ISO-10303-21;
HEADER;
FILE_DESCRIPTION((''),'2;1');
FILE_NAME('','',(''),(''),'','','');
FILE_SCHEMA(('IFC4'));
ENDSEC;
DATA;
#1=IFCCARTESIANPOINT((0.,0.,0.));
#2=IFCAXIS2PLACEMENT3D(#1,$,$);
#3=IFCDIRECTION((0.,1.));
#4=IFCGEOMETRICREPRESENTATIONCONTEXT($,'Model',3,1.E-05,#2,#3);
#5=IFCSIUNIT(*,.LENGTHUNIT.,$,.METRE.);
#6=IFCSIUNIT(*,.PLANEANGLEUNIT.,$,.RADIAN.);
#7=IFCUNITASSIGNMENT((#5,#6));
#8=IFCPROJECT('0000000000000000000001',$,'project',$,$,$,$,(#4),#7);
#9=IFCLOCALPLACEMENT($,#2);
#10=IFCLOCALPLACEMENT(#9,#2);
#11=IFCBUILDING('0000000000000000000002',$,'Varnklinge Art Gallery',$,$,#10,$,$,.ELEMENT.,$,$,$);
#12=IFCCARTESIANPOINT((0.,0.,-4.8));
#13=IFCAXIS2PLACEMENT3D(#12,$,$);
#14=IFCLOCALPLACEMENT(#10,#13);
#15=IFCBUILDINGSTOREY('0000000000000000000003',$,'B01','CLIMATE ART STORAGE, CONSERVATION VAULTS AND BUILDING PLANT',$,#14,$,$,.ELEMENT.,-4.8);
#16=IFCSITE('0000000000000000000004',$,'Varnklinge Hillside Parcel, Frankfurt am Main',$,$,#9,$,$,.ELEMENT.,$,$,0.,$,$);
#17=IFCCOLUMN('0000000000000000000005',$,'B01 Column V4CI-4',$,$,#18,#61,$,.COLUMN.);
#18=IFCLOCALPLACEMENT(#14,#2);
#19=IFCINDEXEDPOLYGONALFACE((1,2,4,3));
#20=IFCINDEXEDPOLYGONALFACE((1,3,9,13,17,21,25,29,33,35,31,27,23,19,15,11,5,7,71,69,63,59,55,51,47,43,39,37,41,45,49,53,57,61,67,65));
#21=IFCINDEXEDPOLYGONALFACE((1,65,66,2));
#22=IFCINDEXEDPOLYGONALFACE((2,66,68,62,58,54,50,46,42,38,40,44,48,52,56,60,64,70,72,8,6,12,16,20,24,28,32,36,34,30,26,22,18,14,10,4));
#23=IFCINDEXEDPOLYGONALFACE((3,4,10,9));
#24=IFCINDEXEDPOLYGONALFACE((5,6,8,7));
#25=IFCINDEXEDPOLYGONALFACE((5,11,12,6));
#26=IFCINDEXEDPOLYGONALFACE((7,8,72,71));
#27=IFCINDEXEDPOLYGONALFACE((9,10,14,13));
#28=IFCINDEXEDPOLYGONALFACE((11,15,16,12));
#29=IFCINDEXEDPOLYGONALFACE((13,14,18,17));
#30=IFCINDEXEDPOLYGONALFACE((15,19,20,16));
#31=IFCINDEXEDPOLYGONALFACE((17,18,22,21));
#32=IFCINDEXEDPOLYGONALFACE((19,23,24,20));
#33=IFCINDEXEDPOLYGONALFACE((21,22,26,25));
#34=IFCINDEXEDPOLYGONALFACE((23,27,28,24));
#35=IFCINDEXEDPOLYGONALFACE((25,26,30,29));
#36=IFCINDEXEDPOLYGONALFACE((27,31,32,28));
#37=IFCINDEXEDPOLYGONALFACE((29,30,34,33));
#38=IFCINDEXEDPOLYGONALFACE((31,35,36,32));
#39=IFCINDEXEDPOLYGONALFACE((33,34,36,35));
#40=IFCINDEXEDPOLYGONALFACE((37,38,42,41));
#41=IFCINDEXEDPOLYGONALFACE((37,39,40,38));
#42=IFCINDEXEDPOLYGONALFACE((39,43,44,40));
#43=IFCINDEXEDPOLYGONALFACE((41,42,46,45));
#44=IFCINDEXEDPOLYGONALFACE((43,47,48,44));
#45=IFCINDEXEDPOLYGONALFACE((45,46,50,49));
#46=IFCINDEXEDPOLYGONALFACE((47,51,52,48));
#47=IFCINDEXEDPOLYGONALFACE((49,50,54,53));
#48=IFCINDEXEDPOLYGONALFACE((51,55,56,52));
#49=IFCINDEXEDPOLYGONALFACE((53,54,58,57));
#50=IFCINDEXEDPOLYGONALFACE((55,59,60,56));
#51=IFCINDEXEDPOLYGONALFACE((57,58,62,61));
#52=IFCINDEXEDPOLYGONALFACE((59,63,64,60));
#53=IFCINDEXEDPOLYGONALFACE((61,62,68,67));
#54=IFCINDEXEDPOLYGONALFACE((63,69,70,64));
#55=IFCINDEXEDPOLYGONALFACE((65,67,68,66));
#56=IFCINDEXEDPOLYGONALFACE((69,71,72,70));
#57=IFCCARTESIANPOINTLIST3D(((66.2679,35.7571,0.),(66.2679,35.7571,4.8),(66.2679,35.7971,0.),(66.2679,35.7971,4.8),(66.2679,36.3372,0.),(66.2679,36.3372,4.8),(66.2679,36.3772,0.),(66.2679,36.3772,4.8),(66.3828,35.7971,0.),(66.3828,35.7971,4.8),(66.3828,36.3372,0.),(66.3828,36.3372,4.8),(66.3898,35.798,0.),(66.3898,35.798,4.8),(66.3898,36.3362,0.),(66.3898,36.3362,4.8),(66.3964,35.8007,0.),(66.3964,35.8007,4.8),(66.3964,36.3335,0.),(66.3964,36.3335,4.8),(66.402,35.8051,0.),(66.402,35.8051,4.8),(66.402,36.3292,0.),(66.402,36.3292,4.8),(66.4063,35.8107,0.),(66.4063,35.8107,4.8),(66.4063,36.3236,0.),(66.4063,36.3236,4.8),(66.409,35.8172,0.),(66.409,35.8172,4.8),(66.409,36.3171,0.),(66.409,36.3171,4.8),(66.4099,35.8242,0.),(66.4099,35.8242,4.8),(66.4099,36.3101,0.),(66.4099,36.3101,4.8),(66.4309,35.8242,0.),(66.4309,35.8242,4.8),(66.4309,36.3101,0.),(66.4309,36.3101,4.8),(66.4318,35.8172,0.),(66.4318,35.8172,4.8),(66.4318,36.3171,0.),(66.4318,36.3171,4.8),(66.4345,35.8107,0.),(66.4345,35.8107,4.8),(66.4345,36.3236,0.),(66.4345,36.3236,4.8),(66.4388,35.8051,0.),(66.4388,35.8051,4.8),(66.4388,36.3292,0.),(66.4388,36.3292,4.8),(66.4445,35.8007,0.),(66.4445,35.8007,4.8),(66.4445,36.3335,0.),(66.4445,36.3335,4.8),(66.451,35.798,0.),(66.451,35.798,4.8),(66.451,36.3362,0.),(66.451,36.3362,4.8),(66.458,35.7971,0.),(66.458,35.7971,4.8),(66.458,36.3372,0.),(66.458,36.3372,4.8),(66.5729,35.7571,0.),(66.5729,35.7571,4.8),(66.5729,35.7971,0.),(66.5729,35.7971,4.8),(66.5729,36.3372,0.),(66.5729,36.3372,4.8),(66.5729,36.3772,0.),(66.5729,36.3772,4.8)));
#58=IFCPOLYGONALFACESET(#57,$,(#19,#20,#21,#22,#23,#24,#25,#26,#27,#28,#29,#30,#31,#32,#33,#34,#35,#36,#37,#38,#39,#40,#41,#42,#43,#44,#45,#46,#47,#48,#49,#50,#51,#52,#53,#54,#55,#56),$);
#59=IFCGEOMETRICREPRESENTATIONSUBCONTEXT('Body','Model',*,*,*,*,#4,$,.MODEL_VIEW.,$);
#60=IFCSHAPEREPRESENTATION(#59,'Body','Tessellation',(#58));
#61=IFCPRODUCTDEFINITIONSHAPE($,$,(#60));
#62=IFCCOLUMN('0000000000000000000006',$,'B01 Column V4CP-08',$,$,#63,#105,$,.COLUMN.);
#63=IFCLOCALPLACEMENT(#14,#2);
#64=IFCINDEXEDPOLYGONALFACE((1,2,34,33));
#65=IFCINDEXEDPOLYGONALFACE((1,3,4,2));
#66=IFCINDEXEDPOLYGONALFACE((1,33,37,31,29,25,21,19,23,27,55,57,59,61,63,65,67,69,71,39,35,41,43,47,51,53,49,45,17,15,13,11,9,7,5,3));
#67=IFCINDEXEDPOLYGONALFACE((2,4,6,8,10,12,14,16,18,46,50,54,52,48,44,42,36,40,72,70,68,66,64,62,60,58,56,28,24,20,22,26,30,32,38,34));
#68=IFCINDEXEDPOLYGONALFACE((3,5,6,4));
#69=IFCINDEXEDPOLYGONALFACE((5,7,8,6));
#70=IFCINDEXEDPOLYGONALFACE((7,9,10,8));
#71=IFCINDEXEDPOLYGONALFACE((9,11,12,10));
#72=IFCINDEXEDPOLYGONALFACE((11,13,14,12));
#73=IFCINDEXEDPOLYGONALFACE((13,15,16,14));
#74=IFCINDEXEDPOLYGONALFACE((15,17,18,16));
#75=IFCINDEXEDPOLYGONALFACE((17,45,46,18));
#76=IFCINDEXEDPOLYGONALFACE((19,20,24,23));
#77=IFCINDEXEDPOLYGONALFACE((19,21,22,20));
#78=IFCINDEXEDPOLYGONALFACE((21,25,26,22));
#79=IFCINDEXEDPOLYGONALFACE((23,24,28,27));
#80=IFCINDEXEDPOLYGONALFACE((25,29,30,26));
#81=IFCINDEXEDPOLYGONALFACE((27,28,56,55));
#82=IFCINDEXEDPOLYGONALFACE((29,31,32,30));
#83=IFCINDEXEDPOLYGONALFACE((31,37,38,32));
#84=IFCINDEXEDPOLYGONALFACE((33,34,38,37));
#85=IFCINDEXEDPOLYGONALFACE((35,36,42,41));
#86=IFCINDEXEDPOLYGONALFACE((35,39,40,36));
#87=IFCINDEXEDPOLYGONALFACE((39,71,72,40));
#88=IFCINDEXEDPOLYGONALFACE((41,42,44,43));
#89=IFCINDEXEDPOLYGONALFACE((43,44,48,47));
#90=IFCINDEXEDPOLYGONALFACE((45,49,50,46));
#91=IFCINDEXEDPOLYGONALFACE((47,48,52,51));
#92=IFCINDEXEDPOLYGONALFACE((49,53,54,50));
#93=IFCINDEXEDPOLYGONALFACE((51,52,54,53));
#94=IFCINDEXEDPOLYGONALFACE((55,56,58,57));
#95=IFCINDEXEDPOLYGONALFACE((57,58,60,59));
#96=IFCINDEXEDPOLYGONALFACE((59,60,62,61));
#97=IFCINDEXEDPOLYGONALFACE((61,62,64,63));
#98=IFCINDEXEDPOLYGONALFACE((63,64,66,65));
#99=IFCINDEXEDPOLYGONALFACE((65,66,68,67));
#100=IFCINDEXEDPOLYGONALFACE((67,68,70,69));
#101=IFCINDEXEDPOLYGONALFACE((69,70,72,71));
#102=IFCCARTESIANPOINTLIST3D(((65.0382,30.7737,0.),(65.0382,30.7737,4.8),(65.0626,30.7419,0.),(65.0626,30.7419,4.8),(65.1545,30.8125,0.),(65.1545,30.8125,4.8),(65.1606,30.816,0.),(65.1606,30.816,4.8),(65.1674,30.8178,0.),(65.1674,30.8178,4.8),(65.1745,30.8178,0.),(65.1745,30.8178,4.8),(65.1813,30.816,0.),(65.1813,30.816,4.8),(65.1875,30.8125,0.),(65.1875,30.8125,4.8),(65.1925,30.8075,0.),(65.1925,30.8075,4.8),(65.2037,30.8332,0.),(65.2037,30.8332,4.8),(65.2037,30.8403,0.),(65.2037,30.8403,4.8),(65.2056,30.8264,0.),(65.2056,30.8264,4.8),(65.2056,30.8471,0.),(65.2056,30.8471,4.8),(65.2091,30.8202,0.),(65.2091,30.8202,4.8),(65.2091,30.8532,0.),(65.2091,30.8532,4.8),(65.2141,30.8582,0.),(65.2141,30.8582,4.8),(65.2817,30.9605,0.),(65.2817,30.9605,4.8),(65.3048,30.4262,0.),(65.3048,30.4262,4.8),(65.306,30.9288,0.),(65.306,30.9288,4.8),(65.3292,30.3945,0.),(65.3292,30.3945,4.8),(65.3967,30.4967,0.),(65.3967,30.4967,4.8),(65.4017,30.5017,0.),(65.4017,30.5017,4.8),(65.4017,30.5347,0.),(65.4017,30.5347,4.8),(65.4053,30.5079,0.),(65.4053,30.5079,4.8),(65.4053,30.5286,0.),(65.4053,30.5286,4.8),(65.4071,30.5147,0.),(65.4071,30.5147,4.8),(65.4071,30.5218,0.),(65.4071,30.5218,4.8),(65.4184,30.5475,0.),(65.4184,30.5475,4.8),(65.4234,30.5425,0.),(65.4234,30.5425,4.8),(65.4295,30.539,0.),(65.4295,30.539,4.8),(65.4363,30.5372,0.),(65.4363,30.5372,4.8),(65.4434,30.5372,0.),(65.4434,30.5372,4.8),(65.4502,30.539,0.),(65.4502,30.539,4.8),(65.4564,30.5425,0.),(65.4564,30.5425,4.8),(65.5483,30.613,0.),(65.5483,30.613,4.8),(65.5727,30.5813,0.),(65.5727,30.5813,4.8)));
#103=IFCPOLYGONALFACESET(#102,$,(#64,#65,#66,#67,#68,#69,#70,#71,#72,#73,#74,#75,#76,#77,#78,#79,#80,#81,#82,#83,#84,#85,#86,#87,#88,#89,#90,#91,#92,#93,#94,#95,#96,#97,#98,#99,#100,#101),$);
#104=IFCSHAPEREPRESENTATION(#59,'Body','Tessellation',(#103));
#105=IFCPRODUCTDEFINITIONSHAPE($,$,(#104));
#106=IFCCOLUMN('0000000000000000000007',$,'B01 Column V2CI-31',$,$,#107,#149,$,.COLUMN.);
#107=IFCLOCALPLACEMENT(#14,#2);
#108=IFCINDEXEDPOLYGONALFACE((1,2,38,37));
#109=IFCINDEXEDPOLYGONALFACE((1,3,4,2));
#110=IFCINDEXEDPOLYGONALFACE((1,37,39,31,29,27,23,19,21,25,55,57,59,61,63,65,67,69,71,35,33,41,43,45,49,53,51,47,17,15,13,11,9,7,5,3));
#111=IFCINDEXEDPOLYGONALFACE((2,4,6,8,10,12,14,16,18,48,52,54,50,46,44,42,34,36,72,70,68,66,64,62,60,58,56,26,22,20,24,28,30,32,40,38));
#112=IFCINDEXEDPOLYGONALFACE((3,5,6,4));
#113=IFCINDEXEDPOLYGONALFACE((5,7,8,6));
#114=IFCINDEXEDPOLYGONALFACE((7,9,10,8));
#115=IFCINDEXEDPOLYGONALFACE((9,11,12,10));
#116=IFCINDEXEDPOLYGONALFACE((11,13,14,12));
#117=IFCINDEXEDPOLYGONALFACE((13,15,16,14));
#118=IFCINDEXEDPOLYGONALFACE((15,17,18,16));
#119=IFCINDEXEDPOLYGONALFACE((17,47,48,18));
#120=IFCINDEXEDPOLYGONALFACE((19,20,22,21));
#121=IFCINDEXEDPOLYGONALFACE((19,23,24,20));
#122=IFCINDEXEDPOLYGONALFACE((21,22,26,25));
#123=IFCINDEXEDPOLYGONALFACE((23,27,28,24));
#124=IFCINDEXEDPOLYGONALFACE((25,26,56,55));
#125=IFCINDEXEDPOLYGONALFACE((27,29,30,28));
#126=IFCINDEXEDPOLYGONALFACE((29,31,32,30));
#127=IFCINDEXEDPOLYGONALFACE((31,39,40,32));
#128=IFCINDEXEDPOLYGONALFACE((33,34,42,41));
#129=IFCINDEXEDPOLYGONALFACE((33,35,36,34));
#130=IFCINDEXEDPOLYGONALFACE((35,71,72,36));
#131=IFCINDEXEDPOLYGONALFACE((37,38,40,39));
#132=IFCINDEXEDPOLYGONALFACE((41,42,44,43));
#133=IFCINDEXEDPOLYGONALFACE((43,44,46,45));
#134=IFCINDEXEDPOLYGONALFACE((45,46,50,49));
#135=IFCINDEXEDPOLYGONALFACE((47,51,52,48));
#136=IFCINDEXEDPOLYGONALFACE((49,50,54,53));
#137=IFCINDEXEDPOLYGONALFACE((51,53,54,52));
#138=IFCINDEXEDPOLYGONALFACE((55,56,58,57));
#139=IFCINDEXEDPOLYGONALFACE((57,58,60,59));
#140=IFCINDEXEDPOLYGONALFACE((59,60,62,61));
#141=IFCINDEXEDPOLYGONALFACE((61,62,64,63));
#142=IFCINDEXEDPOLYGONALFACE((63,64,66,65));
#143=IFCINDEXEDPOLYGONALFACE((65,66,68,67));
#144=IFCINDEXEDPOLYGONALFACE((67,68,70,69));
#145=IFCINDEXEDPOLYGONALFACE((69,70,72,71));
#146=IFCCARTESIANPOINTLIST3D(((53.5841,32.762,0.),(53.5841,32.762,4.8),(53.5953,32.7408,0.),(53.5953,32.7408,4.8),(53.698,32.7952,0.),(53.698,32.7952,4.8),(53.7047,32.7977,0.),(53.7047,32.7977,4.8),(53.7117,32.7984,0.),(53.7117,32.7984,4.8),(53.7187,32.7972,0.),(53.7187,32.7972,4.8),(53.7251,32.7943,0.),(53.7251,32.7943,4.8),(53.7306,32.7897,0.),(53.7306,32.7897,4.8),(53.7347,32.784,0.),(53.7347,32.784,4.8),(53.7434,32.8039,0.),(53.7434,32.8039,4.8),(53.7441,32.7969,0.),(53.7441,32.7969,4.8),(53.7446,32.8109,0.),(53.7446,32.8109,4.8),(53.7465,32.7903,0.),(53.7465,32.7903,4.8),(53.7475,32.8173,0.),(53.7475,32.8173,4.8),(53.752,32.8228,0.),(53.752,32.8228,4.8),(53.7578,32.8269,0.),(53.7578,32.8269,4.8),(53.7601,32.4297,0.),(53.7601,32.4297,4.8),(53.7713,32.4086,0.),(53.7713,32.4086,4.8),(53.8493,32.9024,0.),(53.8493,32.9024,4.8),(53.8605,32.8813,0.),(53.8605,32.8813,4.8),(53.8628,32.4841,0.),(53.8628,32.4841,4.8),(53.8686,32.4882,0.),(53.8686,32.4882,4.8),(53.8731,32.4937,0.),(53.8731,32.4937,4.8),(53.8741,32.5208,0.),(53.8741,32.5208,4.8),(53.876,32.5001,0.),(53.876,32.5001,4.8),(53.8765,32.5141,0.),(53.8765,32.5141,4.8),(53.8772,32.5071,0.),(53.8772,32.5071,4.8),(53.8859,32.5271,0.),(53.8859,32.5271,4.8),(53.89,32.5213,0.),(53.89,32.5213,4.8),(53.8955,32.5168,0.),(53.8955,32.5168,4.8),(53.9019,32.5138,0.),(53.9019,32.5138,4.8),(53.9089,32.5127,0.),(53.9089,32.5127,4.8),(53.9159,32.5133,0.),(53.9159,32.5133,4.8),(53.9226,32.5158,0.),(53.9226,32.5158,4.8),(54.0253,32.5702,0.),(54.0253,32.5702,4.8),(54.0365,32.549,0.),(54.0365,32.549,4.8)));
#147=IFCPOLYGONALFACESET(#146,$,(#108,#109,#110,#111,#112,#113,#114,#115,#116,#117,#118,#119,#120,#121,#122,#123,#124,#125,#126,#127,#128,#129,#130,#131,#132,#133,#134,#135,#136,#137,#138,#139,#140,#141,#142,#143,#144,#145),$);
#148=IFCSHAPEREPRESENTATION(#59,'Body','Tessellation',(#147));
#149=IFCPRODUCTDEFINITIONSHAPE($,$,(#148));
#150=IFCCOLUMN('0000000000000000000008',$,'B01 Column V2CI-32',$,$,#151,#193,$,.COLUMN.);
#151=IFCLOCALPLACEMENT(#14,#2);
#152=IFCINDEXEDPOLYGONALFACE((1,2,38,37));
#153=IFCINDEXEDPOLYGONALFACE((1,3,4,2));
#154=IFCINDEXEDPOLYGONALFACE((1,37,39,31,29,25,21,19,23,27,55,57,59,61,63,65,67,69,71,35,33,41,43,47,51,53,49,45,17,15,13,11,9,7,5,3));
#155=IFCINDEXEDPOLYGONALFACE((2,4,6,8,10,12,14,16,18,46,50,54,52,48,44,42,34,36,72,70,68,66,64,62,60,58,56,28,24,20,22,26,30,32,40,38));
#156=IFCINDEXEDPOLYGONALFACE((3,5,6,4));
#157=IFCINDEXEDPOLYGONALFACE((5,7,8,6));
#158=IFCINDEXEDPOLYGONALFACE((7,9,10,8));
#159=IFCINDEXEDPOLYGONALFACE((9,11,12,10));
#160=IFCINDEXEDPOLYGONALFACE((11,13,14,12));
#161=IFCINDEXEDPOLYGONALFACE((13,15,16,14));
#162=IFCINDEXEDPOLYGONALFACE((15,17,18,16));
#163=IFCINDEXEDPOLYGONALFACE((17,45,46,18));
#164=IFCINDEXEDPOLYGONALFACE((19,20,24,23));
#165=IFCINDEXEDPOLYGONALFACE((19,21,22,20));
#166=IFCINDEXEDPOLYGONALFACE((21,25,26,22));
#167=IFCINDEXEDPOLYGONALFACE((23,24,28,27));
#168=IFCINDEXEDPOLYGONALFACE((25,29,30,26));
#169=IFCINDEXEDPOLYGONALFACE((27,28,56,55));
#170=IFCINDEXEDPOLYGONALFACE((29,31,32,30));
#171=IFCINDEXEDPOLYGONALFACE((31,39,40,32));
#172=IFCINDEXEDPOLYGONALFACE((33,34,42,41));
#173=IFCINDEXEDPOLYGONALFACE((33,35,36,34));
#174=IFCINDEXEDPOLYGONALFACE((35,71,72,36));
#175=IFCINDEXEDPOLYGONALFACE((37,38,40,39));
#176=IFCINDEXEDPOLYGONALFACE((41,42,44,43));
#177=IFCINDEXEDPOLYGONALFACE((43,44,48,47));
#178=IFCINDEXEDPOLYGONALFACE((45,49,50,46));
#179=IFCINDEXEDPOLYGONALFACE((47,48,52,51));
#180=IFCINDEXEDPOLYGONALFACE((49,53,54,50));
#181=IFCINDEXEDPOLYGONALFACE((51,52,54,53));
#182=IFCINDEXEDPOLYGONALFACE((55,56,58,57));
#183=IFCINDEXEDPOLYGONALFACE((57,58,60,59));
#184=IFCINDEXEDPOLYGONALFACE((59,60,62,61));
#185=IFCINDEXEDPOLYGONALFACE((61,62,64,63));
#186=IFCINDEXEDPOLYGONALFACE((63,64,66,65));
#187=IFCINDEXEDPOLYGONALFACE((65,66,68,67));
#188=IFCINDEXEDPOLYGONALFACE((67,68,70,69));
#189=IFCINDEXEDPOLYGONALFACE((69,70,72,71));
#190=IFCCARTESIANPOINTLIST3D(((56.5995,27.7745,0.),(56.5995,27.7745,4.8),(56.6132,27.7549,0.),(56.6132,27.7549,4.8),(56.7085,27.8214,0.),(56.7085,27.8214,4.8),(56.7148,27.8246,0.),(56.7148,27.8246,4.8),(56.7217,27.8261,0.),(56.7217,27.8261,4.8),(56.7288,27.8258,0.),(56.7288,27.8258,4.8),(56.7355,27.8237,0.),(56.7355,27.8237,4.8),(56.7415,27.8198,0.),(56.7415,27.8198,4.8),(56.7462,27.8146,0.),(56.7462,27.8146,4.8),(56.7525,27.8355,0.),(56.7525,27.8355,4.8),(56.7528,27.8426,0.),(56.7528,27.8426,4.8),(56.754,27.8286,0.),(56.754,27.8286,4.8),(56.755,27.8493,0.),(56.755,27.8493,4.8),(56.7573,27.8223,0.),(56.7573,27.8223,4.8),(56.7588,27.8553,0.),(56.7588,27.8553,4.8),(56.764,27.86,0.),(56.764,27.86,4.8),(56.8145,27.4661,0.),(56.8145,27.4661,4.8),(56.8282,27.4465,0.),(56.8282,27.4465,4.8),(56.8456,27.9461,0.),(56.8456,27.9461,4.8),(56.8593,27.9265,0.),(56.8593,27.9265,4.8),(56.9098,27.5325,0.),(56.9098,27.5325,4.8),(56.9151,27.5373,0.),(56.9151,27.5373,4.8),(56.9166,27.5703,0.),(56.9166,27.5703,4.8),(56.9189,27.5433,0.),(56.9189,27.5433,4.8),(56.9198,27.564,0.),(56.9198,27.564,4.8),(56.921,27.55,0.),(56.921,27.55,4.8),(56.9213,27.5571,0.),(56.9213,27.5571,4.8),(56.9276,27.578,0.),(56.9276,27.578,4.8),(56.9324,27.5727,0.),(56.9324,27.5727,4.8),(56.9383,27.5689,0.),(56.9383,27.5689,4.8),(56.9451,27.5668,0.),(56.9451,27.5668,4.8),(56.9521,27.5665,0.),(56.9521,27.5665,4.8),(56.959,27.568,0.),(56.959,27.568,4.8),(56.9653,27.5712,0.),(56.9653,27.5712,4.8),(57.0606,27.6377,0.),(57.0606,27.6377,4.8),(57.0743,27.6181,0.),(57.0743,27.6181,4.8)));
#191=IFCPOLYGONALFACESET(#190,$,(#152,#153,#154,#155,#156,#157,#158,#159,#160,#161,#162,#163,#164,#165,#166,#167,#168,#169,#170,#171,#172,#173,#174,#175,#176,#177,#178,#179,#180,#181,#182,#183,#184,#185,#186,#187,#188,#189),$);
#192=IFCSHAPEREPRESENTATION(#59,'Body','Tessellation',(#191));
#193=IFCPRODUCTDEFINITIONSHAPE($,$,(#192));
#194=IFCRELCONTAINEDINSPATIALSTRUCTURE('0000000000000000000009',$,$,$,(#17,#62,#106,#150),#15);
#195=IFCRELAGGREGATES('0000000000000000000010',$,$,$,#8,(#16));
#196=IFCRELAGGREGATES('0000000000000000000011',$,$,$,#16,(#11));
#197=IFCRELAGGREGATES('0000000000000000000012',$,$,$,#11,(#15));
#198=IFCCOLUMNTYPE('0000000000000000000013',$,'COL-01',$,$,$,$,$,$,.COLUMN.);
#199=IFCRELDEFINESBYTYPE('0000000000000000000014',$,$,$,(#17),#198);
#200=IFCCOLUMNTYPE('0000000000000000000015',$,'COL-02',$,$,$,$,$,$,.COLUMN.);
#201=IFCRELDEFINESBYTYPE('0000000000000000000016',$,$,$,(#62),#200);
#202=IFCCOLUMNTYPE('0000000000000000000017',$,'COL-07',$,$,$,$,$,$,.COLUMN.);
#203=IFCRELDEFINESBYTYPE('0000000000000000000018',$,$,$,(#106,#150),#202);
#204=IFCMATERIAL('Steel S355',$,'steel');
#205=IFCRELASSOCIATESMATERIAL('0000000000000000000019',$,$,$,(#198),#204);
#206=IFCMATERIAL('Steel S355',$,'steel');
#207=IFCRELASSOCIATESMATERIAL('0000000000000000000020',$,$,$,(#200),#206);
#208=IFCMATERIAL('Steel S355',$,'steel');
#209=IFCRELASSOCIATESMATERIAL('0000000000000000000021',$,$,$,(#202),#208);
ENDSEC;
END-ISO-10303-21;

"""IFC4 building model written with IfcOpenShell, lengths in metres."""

from ifc_helpers import new_model, si_unit, direction, frame, origin, origin_2d, place, context, subcontext, project, spatial, i_section, extrude, material, material_profile, profile_set, type_object, element, save


model = new_model("IFC4")

# Units and contexts
model_context = context("Model", 3, precision=1e-05, world=origin(), true_north=direction((0.0, 1.0)))
body_context = subcontext(model_context, "Body", "Model", "MODEL_VIEW")
ifc_project = project(units=[si_unit("LENGTHUNIT", "METRE"), si_unit("PLANEANGLEUNIT", "RADIAN")], contexts=[model_context])

# Site, building, storey
site_placement = place(None, origin())
site = spatial("IfcSite", under=ifc_project, at=site_placement, Name="Varnklinge Hillside Parcel, Frankfurt am Main", CompositionType="ELEMENT", RefElevation=0.0)
building_placement = place(site_placement, origin())
building = spatial("IfcBuilding", under=site, at=building_placement, Name="Varnklinge Art Gallery", CompositionType="ELEMENT")
storey_placement = place(building_placement, frame((0.0, 0.0, -4.8)))
storey = spatial("IfcBuildingStorey", under=building, at=storey_placement, Name="B01", Description="CLIMATE ART STORAGE, CONSERVATION VAULTS AND BUILDING PLANT", CompositionType="ELEMENT", Elevation=-4.8)

# Columns
ifc_material_1 = material(Name="Steel S355", Category="steel")
ifc_material_profile_1 = material_profile(ifc_material_1, i_section(OverallWidth=0.3049, OverallDepth=0.6201, WebThickness=0.021, FlangeThickness=0.04, FilletRadius=0.0271, at=origin_2d()), Name="HEM 600")
ifc_profile_set_1 = profile_set([ifc_material_profile_1], Name="Steel S355")
column_type_1 = type_object("IfcColumnType", Name="COL-01", PredefinedType="COLUMN", material=ifc_profile_set_1)
column_1_placement = place(storey_placement, frame((66.4204, 36.0671, 0.0), z_axis=(0.0, 0.0, 1.0), x_axis=(1.0, 0.0, 0.0)))
element("IfcColumn", 1, at=column_1_placement, inside=storey, type_object=column_type_1, Name="B01 Column V4CI-4", PredefinedType="COLUMN", context=body_context, shape_type="SweptSolid", body=[
    extrude(i_section(OverallWidth=0.3049, OverallDepth=0.6201, WebThickness=0.021, FlangeThickness=0.04, FilletRadius=0.0271, at=origin_2d()), origin(), (0.0, 0.0, 1.0), 4.8),
])
ifc_material_2 = material(Name="Steel S355", Category="steel")
ifc_material_profile_2 = material_profile(ifc_material_2, i_section(OverallWidth=0.3069, OverallDepth=0.478, WebThickness=0.021, FlangeThickness=0.04, FilletRadius=0.0271, at=origin_2d()), Name="HEM 450")
ifc_profile_set_2 = profile_set([ifc_material_profile_2], Name="Steel S355")
column_type_2 = type_object("IfcColumnType", Name="COL-02", PredefinedType="COLUMN", material=ifc_profile_set_2)
column_2_placement = place(storey_placement, frame((65.3054, 30.6775, 0.0), z_axis=(0.0, 0.0, 1.0), x_axis=(-0.793353, -0.608761, 0.0)))
element("IfcColumn", 2, at=column_2_placement, inside=storey, type_object=column_type_2, Name="B01 Column V4CP-08", PredefinedType="COLUMN", context=body_context, shape_type="SweptSolid", body=[
    extrude(i_section(OverallWidth=0.3069, OverallDepth=0.478, WebThickness=0.021, FlangeThickness=0.04, FilletRadius=0.0271, at=origin_2d()), origin(), (0.0, 0.0, 1.0), 4.8),
])
ifc_material_3 = material(Name="Steel S355", Category="steel")
ifc_material_profile_3 = material_profile(ifc_material_3, i_section(OverallWidth=0.3, OverallDepth=0.3999, WebThickness=0.0134, FlangeThickness=0.0239, FilletRadius=0.0271, at=origin_2d()), Name="HEB 400")
ifc_profile_set_3 = profile_set([ifc_material_profile_3], Name="Steel S355")
column_type_3 = type_object("IfcColumnType", Name="COL-07", PredefinedType="COLUMN", material=ifc_profile_set_3)
for number, where, z_axis, x_axis, name in (
    (3, (53.8103, 32.6555, 0.0), (0.0, 0.0, 1.0), (0.883684, 0.468084, 0.0), "B01 Column V2CI-31"),
    (4, (56.8369, 27.6963, 0.0), (0.0, 0.0, 1.0), (0.820352, 0.57186, 0.0), "B01 Column V2CI-32"),
):
    element("IfcColumn", number, at=place(storey_placement, frame(where, z_axis=z_axis, x_axis=x_axis)), inside=storey, type_object=column_type_3, Name=name, PredefinedType="COLUMN", context=body_context, shape_type="SweptSolid", body=[
        extrude(i_section(OverallWidth=0.3, OverallDepth=0.3999, WebThickness=0.0134, FlangeThickness=0.0239, FilletRadius=0.0271, at=origin_2d()), origin(), (0.0, 0.0, 1.0), 4.8),
    ])

save(model, "model.ifc")
